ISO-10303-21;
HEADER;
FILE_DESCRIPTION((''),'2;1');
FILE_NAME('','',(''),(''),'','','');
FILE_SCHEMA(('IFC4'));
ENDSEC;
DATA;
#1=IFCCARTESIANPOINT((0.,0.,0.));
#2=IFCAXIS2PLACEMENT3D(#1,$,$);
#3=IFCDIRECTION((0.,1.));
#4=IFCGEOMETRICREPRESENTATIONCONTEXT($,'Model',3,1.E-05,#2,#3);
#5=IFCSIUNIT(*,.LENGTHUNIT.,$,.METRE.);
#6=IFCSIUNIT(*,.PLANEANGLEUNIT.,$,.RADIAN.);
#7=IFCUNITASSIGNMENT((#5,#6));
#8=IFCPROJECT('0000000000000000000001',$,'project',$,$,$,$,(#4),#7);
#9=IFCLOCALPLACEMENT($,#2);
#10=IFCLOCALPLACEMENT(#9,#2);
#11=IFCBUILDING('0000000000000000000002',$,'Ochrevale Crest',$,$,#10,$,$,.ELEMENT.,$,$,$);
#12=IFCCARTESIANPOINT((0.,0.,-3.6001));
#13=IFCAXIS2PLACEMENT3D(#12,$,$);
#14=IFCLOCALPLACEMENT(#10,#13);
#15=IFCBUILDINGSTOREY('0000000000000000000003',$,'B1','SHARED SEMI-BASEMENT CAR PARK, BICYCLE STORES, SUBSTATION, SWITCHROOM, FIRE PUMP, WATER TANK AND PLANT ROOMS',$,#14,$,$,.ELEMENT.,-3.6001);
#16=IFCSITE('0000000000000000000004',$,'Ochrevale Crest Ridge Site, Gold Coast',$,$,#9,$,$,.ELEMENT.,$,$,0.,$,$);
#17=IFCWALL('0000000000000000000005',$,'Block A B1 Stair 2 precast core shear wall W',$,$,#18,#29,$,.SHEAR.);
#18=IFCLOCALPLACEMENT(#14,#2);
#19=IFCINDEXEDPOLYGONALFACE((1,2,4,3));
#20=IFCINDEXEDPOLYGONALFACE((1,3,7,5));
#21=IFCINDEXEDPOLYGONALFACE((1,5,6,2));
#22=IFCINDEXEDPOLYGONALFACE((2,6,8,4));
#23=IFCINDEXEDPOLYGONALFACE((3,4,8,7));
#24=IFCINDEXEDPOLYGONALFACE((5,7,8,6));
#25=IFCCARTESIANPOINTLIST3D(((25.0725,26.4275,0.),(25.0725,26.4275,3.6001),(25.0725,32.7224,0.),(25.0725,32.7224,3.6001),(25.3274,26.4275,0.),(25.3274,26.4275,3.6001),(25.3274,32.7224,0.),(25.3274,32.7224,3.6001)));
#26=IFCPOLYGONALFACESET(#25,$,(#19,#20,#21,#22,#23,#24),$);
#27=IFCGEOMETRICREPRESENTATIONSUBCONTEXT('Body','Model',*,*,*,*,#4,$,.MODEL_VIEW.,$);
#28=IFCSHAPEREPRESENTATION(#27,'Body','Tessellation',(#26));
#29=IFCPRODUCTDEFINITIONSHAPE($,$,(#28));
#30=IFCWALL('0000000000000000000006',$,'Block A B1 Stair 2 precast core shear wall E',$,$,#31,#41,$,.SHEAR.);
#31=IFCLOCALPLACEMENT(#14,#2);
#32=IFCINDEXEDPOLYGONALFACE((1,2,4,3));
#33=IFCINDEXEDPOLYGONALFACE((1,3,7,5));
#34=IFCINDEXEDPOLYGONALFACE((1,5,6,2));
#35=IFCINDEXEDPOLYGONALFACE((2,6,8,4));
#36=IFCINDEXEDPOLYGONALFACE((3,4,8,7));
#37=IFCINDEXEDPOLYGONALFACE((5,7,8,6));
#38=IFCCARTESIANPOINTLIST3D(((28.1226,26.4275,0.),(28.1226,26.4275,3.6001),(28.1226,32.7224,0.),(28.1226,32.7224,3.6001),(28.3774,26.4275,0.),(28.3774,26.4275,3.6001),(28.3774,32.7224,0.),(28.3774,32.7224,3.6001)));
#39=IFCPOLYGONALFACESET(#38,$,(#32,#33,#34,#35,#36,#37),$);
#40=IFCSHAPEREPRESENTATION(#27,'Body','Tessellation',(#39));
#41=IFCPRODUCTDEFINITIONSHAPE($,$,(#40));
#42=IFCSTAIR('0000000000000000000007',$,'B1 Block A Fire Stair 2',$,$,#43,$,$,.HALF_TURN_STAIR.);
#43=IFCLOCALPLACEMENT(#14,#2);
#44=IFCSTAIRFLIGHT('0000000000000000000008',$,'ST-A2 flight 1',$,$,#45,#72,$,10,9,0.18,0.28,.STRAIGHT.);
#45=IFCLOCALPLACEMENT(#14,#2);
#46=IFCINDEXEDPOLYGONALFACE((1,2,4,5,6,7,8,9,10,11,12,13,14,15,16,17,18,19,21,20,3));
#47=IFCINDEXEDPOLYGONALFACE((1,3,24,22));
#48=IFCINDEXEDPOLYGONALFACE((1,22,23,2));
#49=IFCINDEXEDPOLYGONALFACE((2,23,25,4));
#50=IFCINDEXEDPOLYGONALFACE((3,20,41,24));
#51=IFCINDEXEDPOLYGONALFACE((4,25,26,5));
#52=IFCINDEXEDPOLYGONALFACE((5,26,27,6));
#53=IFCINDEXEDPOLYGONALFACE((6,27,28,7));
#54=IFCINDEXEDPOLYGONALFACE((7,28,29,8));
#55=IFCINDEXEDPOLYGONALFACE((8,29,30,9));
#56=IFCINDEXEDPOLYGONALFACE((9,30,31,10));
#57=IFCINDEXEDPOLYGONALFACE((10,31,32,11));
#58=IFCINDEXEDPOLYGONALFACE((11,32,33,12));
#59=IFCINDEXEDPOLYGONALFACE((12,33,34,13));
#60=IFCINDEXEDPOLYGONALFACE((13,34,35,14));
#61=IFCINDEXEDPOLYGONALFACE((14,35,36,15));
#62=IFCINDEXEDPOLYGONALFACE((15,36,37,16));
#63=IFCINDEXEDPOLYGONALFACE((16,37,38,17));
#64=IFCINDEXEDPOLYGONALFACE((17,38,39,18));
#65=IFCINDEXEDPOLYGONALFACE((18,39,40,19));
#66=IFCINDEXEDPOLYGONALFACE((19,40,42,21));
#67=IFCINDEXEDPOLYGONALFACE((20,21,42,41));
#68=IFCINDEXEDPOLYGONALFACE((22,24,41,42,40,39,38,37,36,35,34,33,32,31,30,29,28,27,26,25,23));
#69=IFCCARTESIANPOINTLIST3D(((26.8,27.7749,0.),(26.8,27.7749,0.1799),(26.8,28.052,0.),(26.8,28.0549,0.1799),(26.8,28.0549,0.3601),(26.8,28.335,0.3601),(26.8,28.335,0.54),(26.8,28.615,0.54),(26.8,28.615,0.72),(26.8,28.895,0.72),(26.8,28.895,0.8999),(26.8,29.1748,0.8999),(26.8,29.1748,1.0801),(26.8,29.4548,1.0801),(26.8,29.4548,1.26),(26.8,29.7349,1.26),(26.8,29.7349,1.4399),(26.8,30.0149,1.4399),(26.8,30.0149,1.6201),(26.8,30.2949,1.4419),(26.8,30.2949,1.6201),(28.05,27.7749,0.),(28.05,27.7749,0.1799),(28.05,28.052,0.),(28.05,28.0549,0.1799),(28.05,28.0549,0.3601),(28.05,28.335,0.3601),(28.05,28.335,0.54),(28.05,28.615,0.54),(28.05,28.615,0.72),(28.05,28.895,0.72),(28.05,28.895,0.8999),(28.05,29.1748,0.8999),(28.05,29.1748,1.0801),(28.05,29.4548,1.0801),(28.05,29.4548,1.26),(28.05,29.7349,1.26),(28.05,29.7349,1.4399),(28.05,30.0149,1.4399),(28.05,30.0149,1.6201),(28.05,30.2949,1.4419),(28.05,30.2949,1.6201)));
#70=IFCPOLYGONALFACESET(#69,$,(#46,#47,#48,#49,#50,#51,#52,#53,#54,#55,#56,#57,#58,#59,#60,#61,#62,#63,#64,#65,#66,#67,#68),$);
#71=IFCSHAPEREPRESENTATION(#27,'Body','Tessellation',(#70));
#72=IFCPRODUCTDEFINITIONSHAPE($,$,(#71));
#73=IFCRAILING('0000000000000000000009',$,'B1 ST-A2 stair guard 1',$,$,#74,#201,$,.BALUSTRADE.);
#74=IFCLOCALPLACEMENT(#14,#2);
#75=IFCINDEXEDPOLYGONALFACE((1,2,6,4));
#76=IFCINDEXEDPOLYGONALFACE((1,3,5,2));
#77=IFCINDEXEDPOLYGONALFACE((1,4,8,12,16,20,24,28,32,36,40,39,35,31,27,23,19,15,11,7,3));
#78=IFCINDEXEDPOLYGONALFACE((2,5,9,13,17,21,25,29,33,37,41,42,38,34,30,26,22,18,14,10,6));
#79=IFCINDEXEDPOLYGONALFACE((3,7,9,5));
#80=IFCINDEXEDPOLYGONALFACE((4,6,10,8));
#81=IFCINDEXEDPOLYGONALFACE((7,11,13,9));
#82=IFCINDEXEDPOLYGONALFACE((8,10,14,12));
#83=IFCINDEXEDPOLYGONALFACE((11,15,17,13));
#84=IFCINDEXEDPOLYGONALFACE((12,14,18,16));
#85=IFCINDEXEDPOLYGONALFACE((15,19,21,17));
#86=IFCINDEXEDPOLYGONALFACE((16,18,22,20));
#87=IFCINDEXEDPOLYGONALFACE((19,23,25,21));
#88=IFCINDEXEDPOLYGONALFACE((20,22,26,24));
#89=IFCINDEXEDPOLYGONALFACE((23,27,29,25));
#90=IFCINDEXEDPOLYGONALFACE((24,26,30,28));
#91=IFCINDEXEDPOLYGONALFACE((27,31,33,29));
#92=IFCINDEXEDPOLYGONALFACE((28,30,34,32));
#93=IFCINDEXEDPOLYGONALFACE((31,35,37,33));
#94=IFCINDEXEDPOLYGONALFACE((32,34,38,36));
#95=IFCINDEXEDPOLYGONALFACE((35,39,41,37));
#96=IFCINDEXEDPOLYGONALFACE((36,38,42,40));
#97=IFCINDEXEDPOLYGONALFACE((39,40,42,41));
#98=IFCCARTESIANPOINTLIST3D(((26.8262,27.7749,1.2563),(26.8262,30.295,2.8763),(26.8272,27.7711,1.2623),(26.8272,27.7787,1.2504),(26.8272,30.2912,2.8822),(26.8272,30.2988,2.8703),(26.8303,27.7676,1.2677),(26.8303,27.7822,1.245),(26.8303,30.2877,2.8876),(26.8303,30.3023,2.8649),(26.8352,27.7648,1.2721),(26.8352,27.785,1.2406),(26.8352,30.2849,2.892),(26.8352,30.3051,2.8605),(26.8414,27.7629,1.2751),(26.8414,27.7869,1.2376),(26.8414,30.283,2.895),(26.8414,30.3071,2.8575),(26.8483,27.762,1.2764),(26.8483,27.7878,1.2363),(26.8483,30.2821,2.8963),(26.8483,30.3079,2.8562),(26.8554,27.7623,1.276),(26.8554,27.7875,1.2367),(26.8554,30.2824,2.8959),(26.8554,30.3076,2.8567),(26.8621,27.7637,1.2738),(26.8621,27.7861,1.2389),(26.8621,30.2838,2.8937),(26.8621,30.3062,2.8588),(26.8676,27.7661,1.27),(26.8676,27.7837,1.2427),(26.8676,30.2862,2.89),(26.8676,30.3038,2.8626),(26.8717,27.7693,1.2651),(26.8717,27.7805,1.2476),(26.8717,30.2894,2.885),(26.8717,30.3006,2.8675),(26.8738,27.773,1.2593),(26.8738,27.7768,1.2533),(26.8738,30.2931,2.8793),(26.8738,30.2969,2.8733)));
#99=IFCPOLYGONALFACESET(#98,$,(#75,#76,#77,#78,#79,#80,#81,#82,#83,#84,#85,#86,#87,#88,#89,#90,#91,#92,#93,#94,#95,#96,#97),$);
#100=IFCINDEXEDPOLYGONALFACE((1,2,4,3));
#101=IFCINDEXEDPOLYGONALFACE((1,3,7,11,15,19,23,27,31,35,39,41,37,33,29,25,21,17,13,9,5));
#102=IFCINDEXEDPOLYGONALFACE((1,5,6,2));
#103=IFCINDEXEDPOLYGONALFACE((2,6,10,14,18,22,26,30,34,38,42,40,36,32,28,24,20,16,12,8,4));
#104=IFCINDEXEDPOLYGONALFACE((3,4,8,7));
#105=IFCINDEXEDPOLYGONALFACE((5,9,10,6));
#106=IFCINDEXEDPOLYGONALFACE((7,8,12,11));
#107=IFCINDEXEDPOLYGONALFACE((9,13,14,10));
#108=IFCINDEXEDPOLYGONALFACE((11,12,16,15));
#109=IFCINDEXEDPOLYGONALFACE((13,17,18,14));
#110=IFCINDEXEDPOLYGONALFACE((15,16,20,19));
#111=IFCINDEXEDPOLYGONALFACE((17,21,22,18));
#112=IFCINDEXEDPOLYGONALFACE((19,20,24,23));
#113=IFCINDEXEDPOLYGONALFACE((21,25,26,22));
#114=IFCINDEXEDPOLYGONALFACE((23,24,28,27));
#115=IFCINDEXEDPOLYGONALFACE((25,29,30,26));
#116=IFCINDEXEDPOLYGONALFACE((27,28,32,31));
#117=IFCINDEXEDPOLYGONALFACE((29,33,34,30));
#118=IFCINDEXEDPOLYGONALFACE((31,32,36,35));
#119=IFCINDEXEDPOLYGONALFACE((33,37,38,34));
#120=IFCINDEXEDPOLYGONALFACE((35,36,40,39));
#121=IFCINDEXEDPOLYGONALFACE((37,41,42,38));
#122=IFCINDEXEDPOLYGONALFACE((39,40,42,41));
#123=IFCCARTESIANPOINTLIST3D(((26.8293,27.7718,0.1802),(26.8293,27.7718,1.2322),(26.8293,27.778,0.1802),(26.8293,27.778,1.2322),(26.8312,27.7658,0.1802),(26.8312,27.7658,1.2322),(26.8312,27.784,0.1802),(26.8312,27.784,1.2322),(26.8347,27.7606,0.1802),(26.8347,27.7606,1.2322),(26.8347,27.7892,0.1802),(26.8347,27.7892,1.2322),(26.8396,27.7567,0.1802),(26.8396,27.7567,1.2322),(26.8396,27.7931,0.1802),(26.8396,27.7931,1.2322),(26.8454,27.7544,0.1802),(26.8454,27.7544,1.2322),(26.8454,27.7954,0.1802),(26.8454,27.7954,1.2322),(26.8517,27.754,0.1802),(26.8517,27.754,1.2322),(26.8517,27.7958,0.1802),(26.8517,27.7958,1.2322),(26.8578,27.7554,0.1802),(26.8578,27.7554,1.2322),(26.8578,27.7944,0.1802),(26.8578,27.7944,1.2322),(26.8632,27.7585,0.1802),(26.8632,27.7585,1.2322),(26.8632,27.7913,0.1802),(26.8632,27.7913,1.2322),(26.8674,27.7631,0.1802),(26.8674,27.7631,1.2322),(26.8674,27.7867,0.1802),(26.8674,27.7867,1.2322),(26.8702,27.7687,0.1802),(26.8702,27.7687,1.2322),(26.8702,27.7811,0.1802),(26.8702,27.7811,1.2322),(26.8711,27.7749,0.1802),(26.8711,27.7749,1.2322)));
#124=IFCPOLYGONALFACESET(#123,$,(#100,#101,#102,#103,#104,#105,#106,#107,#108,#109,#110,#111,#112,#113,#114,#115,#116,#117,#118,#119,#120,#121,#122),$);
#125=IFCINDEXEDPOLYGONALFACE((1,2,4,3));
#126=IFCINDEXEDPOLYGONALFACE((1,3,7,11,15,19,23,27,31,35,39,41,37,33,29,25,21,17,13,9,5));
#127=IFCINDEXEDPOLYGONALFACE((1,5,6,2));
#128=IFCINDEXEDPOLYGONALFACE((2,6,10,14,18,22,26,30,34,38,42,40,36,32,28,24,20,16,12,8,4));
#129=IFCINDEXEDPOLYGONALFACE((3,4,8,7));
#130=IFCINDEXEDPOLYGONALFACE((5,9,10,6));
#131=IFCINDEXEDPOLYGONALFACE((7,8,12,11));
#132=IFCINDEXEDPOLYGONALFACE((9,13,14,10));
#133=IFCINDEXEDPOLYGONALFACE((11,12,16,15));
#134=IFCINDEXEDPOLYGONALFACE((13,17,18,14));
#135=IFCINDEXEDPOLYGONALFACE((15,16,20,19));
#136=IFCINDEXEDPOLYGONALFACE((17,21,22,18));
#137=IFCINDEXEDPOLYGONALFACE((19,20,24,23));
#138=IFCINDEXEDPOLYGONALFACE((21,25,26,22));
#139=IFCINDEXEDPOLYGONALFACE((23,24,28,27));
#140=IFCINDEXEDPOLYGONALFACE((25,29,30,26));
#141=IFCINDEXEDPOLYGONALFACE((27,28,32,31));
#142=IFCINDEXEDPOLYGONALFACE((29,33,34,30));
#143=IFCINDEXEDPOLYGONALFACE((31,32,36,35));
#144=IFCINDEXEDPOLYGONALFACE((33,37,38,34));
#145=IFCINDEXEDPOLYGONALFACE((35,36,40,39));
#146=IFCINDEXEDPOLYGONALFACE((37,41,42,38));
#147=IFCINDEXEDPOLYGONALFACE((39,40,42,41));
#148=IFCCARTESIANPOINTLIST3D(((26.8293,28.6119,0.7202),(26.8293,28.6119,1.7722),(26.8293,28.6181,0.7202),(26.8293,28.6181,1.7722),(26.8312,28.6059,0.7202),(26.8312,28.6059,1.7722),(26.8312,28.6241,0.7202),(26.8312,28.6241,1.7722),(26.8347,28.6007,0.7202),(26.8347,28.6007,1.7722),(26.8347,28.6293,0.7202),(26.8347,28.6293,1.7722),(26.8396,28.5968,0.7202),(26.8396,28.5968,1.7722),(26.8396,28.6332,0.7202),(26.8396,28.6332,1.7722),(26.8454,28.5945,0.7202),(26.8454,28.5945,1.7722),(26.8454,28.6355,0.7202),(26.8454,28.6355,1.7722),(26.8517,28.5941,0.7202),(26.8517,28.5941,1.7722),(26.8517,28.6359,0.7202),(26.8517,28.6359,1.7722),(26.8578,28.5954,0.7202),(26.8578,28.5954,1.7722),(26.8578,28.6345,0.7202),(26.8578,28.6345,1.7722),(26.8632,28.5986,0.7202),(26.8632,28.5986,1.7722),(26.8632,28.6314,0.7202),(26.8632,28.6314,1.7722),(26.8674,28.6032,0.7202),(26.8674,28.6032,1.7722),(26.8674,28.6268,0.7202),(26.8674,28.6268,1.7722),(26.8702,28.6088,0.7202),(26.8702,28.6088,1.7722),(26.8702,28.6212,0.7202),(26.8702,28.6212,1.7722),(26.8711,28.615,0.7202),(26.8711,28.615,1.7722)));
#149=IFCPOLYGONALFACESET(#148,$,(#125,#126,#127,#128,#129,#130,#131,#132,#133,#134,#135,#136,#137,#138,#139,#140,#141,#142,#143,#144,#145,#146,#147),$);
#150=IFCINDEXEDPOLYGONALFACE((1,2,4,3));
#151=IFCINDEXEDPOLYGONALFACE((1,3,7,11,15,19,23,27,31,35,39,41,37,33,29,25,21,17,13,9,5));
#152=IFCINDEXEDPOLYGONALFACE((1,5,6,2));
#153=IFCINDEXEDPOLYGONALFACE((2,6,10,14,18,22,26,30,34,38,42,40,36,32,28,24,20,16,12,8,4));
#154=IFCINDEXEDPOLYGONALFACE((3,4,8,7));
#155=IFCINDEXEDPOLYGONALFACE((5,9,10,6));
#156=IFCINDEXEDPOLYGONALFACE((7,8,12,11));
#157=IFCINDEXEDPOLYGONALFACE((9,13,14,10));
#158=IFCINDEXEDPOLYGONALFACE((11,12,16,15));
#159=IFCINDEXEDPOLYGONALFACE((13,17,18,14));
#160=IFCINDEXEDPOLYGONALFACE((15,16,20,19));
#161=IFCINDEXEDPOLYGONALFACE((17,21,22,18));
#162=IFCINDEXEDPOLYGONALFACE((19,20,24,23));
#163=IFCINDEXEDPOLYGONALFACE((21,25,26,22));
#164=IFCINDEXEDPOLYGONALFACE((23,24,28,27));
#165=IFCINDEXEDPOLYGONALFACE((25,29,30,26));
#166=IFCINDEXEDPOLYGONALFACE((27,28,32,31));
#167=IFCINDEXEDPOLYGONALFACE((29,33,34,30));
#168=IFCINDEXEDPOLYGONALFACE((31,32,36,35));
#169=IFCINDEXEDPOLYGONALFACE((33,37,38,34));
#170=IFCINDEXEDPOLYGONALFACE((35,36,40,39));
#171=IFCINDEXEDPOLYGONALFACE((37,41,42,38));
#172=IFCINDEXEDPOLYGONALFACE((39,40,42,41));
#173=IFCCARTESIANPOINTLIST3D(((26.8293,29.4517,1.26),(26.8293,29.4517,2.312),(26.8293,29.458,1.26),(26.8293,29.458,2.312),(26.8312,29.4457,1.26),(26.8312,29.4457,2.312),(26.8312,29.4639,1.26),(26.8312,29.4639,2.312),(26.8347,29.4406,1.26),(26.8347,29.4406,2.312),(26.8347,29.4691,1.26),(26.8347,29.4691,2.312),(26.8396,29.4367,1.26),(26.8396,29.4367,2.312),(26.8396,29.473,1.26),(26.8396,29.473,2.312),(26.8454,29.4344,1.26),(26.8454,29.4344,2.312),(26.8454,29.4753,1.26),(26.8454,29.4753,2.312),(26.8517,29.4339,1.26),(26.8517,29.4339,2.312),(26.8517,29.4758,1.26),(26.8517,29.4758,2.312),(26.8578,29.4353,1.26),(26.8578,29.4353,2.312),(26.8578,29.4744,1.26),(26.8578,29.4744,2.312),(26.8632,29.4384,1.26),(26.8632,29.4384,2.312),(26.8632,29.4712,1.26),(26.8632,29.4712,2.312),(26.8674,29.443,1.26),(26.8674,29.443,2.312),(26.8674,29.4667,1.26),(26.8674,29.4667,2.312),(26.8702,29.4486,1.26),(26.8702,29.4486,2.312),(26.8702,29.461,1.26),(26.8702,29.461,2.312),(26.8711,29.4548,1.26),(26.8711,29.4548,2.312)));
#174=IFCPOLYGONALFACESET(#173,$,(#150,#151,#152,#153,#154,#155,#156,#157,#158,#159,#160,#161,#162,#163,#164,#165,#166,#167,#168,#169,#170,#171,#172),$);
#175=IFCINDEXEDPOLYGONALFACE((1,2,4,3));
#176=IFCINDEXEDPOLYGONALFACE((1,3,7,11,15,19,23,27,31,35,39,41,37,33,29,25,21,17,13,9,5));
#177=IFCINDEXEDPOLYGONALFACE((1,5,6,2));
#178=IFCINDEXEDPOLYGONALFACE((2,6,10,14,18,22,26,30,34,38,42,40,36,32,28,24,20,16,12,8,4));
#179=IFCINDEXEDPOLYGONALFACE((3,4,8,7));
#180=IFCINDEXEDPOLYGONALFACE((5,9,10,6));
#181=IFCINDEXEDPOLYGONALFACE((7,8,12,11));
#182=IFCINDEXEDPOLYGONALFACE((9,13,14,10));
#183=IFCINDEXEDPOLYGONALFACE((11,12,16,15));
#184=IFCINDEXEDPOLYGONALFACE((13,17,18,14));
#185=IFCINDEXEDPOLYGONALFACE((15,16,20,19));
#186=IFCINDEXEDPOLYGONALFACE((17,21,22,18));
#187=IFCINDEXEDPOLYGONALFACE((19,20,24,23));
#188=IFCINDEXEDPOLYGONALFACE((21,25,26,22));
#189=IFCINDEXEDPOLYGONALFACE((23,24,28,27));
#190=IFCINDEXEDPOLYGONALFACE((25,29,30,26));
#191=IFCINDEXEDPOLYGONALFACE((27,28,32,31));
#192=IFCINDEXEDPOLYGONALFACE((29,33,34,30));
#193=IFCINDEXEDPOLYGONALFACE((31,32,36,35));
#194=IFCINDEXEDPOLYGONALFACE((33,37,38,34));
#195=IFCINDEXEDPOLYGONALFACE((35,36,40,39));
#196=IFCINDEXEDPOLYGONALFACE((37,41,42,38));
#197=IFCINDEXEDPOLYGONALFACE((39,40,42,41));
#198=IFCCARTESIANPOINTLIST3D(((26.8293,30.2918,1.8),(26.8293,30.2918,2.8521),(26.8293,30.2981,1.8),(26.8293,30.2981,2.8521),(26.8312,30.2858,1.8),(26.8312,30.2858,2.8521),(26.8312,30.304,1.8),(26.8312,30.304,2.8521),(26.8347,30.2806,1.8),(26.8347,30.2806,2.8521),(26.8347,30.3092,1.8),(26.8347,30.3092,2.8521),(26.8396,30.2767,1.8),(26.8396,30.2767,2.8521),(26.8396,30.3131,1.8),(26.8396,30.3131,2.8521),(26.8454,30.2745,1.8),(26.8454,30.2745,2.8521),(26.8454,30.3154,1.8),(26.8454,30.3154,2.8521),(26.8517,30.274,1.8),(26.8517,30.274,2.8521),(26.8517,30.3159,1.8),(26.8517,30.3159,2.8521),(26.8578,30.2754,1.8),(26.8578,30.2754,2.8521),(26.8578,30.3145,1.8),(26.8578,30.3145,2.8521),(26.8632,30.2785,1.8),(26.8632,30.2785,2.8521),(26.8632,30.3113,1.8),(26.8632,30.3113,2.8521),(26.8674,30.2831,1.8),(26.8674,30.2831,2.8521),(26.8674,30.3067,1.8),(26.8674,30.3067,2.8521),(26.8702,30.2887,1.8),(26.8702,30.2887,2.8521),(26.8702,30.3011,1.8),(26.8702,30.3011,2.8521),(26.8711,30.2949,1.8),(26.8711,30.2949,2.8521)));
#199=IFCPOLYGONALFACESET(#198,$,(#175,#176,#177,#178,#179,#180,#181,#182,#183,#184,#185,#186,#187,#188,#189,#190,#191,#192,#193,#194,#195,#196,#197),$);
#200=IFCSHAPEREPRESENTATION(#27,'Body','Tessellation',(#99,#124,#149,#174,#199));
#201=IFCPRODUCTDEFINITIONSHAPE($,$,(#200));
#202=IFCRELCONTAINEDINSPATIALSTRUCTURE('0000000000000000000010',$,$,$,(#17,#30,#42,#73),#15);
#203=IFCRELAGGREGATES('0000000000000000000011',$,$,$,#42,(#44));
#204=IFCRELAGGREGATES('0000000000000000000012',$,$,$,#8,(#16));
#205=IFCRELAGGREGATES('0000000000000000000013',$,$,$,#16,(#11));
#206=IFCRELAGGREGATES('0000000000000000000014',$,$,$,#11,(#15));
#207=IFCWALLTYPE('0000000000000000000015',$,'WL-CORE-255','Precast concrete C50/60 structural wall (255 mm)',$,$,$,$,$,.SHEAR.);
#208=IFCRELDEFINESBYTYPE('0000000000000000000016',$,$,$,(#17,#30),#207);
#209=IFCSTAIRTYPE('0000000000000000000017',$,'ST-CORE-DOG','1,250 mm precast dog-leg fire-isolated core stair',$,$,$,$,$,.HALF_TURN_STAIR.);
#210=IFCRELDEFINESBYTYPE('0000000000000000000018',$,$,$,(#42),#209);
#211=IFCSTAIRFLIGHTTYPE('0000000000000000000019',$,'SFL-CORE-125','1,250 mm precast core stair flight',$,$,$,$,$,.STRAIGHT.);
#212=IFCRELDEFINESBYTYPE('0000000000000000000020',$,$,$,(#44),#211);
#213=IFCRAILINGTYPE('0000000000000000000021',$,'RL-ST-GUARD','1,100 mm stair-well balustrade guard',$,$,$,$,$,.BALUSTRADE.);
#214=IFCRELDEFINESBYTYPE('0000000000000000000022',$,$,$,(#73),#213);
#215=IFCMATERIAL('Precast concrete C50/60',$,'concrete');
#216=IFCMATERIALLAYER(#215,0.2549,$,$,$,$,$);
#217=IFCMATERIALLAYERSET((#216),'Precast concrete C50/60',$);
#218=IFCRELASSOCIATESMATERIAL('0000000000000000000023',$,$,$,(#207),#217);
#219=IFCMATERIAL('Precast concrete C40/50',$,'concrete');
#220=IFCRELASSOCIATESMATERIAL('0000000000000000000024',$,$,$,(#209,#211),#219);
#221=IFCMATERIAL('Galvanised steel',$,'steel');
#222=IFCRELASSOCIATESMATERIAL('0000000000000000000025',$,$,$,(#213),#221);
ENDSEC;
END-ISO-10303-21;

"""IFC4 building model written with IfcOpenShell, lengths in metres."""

from ifc_helpers import new_model, si_unit, direction, frame, frame_2d, origin, origin_2d, place, context, subcontext, project, spatial, polyline, rectangle, circle, outline, extrude, material, layer, layer_set, type_object, element, aggregate, save


model = new_model("IFC4")

# Units and contexts
model_context = context("Model", 3, precision=1e-05, world=origin(), true_north=direction((0.0, 1.0)))
body_context = subcontext(model_context, "Body", "Model", "MODEL_VIEW")
ifc_project = project(units=[si_unit("LENGTHUNIT", "METRE"), si_unit("PLANEANGLEUNIT", "RADIAN")], contexts=[model_context])

# Site, building, storey
site_placement = place(None, origin())
site = spatial("IfcSite", under=ifc_project, at=site_placement, Name="Ochrevale Crest Ridge Site, Gold Coast", CompositionType="ELEMENT", RefElevation=0.0)
building_placement = place(site_placement, origin())
building = spatial("IfcBuilding", under=site, at=building_placement, Name="Ochrevale Crest", CompositionType="ELEMENT")
storey_placement = place(building_placement, frame((0.0, 0.0, -3.6001)))
storey = spatial("IfcBuildingStorey", under=building, at=storey_placement, Name="B1", Description="SHARED SEMI-BASEMENT CAR PARK, BICYCLE STORES, SUBSTATION, SWITCHROOM, FIRE PUMP, WATER TANK AND PLANT ROOMS", CompositionType="ELEMENT", Elevation=-3.6001)

# Shared definitions
ifc_material_1 = material(Name="Precast concrete C50/60", Category="concrete")

# Shared definitions
ifc_layer = layer(ifc_material_1, 0.2549)
ifc_layer_set = layer_set([ifc_layer], Name="Precast concrete C50/60")
wall_type = type_object("IfcWallType", Name="WL-CORE-255", Description="Precast concrete C50/60 structural wall (255 mm)", PredefinedType="SHEAR", material=ifc_layer_set)

# Walls
for number, where, z_axis, x_axis, name in (
    (1, (25.2, 26.4275, 0.0), (0.0, 0.0, 1.0), (0.0, 1.0, 0.0), "Block A B1 Stair 2 precast core shear wall W"),
    (2, (28.25, 26.4275, 0.0), (0.0, 0.0, 1.0), (0.0, 1.0, 0.0), "Block A B1 Stair 2 precast core shear wall E"),
):
    element("IfcWall", number, at=place(storey_placement, frame(where, z_axis=z_axis, x_axis=x_axis)), inside=storey, type_object=wall_type, Name=name, PredefinedType="SHEAR", context=body_context, shape_type="SweptSolid", body=[
        extrude(rectangle(XDim=6.2949, YDim=0.2549, at=frame_2d((3.1475, 0.0))), origin(), (0.0, 0.0, 1.0), 3.6001),
    ])

# Stair, stair flight
ifc_material_2 = material(Name="Precast concrete C40/50", Category="concrete")
stair_type = type_object("IfcStairType", Name="ST-CORE-DOG", Description="1,250 mm precast dog-leg fire-isolated core stair", PredefinedType="HALF_TURN_STAIR", material=ifc_material_2)
stair_placement = place(storey_placement, origin())
stair = element("IfcStair", 3, at=stair_placement, inside=storey, type_object=stair_type, Name="B1 Block A Fire Stair 2", PredefinedType="HALF_TURN_STAIR")
stair_flight_type = type_object("IfcStairFlightType", Name="SFL-CORE-125", Description="1,250 mm precast core stair flight", PredefinedType="STRAIGHT", material=ifc_material_2)
stair_flight_placement = place(storey_placement, frame((27.425, 27.7749, 0.0), z_axis=(0.0, 0.0, 1.0), x_axis=(0.0, 1.0, 0.0)))
stair_flight = element("IfcStairFlight", 4, at=stair_flight_placement, type_object=stair_flight_type, Name="ST-A2 flight 1", NumberOfRisers=10, NumberOfTreads=9, PredefinedType="STRAIGHT", RiserHeight=0.18, TreadLength=0.28, context=body_context, shape_type="SweptSolid", body=[
    extrude(outline(polyline([(0.0, 0.0), (0.0, 0.1799), (0.28, 0.1799), (0.28, 0.3601), (0.5601, 0.3601), (0.5601, 0.54), (0.8401, 0.54), (0.8401, 0.72), (1.1201, 0.72), (1.1201, 0.8999), (1.3999, 0.8999), (1.3999, 1.0801), (1.6799, 1.0801), (1.6799, 1.26), (1.96, 1.26), (1.96, 1.4399), (2.24, 1.4399), (2.24, 1.6201), (2.52, 1.6201), (2.52, 1.8), (2.52, 1.4419), (0.2771, 0.0), (0.0, 0.0)])), frame((0.0, 0.625, 0.0), z_axis=(0.0, -1.0, 0.0), x_axis=(1.0, 0.0, 0.0)), (0.0, 0.0, 1.0), 1.25),
])
aggregate(stair, [stair_flight])

# Railing
ifc_material_3 = material(Name="Galvanised steel", Category="steel")
railing_type_1 = type_object("IfcRailingType", Name="RL-ST-GUARD", Description="1,100 mm stair-well balustrade guard", PredefinedType="BALUSTRADE", material=ifc_material_3)
railing_1_placement = place(storey_placement, frame((26.8501, 27.7749, 0.1802)))
element("IfcRailing", 5, at=railing_1_placement, inside=storey, type_object=railing_type_1, Name="B1 ST-A2 stair guard 1", PredefinedType="BALUSTRADE", context=body_context, shape_type="SweptSolid", body=[
    extrude(circle(Radius=0.0239, at=origin_2d()), frame((0.0, 0.0, 1.0762), z_axis=(0.0, 0.8412, 0.540725), x_axis=(-1.0, 0.0, 0.0)), (0.0, 0.0, 1.0), 2.9958),
    extrude(circle(Radius=0.021, at=origin_2d()), origin(), (0.0, 0.0, 1.0), 1.052),
    extrude(circle(Radius=0.021, at=origin_2d()), frame((0.0, 0.8401, 0.54)), (0.0, 0.0, 1.0), 1.052),
    extrude(circle(Radius=0.021, at=origin_2d()), frame((0.0, 1.6799, 1.0798)), (0.0, 0.0, 1.0), 1.052),
    extrude(circle(Radius=0.021, at=origin_2d()), frame((0.0, 2.52, 1.6199)), (0.0, 0.0, 1.0), 1.052),
])

save(model, "model.ifc")
